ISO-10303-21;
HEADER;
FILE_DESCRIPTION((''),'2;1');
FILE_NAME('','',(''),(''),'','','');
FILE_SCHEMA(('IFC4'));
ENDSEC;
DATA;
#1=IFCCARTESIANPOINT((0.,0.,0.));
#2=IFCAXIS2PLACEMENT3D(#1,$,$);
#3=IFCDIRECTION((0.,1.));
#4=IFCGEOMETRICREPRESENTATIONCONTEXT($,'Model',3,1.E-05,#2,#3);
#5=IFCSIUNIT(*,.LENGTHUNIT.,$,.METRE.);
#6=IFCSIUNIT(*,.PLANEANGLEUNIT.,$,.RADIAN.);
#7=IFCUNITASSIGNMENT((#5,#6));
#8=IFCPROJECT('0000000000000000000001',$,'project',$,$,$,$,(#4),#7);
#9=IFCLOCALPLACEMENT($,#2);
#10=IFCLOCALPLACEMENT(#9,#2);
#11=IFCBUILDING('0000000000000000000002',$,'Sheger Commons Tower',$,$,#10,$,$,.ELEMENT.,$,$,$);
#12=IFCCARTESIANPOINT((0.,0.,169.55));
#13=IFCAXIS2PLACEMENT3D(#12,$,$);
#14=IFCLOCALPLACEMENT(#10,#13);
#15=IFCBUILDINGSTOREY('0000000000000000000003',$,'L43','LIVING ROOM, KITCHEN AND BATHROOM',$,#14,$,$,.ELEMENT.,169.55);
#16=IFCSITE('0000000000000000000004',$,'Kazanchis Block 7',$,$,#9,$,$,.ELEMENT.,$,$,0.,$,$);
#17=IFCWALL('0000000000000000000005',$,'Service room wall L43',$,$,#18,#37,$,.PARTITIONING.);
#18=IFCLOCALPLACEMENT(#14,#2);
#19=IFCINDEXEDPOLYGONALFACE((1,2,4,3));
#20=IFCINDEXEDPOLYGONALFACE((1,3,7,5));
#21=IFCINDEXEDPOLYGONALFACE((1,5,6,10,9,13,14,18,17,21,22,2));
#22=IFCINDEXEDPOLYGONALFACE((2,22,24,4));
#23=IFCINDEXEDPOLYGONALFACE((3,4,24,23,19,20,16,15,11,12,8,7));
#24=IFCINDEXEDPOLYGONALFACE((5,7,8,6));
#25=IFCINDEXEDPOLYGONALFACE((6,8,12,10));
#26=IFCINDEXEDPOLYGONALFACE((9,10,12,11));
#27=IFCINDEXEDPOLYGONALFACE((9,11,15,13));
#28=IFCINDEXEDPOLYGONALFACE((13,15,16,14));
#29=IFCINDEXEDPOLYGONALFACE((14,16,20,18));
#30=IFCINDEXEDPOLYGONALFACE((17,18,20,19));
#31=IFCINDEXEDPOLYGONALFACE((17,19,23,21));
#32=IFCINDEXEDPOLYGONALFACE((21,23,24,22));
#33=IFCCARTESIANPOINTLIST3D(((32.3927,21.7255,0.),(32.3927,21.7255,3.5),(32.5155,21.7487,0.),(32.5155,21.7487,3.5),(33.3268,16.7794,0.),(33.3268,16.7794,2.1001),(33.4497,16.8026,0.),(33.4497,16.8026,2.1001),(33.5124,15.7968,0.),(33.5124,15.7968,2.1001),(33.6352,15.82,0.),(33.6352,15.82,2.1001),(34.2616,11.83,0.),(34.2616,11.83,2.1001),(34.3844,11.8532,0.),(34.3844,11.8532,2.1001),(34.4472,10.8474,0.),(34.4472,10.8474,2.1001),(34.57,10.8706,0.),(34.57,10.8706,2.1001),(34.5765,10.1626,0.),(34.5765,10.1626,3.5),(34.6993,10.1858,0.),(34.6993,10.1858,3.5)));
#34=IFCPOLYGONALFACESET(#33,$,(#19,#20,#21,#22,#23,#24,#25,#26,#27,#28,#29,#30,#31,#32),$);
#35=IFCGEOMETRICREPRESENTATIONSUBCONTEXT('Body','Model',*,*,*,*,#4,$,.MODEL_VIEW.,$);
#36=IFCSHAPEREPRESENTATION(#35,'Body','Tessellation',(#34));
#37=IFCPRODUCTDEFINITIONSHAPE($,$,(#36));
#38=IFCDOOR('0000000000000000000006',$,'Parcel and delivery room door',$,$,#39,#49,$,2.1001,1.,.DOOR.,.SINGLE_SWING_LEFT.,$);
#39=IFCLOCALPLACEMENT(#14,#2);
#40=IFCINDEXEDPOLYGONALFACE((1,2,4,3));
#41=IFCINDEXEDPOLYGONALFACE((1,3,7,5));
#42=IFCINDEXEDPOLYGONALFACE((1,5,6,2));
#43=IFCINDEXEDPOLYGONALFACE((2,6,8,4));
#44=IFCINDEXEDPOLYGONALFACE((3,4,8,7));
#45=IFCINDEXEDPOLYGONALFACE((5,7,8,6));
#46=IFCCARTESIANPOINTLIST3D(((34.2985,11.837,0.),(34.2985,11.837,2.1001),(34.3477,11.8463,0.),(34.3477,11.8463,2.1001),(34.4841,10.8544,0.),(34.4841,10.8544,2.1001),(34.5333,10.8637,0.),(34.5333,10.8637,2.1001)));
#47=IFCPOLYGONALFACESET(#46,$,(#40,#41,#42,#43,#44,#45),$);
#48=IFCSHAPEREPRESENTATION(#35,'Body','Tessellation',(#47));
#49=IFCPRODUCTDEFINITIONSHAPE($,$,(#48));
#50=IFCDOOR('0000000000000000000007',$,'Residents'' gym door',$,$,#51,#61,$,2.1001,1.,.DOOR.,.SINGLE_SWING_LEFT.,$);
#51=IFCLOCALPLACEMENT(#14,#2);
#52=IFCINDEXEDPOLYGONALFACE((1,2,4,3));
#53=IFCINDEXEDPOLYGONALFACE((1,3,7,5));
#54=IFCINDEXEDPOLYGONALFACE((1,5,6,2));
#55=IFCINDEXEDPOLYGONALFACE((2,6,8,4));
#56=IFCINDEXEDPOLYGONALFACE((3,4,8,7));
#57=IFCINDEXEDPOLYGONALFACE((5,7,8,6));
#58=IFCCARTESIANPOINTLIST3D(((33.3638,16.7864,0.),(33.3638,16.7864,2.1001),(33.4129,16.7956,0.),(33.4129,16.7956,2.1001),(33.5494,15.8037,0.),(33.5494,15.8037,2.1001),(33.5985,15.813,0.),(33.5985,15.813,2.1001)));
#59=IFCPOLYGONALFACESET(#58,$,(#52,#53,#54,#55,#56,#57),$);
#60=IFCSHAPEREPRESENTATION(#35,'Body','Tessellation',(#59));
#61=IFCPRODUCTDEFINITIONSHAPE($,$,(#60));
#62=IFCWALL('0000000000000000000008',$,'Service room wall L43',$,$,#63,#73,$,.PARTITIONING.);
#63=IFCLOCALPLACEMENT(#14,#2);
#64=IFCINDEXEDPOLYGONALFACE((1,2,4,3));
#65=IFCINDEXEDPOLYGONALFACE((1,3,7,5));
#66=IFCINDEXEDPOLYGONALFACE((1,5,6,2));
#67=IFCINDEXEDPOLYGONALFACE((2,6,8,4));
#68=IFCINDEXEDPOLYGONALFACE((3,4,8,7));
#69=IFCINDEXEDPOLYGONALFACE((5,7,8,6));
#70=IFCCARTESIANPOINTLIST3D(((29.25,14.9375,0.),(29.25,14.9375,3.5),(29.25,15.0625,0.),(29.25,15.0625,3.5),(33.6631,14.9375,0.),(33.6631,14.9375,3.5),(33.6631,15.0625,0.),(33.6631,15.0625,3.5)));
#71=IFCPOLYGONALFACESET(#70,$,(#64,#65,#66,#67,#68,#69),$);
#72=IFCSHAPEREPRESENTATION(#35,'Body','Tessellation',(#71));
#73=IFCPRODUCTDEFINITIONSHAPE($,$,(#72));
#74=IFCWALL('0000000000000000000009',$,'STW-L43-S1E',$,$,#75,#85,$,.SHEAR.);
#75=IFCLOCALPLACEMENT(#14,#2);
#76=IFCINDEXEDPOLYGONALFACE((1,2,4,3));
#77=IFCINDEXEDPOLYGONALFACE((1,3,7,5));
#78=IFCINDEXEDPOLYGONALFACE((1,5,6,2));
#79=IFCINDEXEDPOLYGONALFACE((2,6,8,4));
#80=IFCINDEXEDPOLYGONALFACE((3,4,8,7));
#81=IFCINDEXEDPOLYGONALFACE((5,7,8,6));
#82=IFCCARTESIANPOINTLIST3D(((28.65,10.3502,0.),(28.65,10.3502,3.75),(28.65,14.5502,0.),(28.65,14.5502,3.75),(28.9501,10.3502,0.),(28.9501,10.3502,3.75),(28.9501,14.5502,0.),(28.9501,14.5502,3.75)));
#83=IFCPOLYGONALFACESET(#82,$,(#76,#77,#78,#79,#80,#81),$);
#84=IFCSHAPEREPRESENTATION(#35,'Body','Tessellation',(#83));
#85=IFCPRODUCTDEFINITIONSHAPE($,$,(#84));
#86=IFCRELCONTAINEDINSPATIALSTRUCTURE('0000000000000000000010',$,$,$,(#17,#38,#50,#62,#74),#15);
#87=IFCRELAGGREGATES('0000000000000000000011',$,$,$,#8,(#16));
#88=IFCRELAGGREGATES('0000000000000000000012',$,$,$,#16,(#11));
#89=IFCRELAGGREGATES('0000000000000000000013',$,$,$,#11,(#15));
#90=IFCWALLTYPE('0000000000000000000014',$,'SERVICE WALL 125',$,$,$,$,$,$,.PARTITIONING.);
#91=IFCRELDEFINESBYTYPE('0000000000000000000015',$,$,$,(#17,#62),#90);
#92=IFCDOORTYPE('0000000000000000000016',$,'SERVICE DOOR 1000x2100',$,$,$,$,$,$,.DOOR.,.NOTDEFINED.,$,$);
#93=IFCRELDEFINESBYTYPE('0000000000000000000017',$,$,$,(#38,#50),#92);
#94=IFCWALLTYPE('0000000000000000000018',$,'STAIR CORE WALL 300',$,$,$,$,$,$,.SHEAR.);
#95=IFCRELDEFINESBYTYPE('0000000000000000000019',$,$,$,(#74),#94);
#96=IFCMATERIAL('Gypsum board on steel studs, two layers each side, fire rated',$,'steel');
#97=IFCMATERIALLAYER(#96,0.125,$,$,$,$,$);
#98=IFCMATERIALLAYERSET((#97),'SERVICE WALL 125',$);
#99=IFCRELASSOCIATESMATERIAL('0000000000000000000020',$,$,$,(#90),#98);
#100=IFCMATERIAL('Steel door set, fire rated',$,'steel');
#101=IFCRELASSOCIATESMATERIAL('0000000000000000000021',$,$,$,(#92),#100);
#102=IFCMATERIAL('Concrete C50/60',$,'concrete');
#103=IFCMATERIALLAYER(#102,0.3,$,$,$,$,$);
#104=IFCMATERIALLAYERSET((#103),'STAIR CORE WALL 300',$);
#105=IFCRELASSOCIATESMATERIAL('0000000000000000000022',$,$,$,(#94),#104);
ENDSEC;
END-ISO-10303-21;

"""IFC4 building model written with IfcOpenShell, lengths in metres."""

from ifc_helpers import new_model, si_unit, direction, frame, frame_2d, origin, place, context, subcontext, project, spatial, rectangle, extrude, material, layer, layer_set, type_object, element, fill, save


model = new_model("IFC4")

# Units and contexts
model_context = context("Model", 3, precision=1e-05, world=origin(), true_north=direction((0.0, 1.0)))
body_context = subcontext(model_context, "Body", "Model", "MODEL_VIEW")
ifc_project = project(units=[si_unit("LENGTHUNIT", "METRE"), si_unit("PLANEANGLEUNIT", "RADIAN")], contexts=[model_context])

# Site, building, storey
site_placement = place(None, origin())
site = spatial("IfcSite", under=ifc_project, at=site_placement, Name="Kazanchis Block 7", CompositionType="ELEMENT", RefElevation=0.0)
building_placement = place(site_placement, origin())
building = spatial("IfcBuilding", under=site, at=building_placement, Name="Sheger Commons Tower", CompositionType="ELEMENT")
storey_placement = place(building_placement, frame((0.0, 0.0, 169.55)))
storey = spatial("IfcBuildingStorey", under=building, at=storey_placement, Name="L43", Description="LIVING ROOM, KITCHEN AND BATHROOM", CompositionType="ELEMENT", Elevation=169.55)

# Shared definitions
ifc_material_1 = material(Name="Gypsum board on steel studs, two layers each side, fire rated", Category="steel")
ifc_layer_1 = layer(ifc_material_1, 0.125)
ifc_layer_set_1 = layer_set([ifc_layer_1], Name="SERVICE WALL 125")
wall_type_1 = type_object("IfcWallType", Name="SERVICE WALL 125", PredefinedType="PARTITIONING", material=ifc_layer_set_1)

# Wall, openings, doors
wall_1_placement = place(storey_placement, frame((34.6379, 10.1741, 0.0), z_axis=(0.0, 0.0, 1.0), x_axis=(-0.185584, 0.982628, 0.0)))
wall_1 = element("IfcWall", 1, at=wall_1_placement, inside=storey, type_object=wall_type_1, Name="Service room wall L43", PredefinedType="PARTITIONING", context=body_context, shape_type="SweptSolid", body=[
    extrude(rectangle(XDim=11.7673, YDim=0.125, at=frame_2d((5.8838, 0.0))), origin(), (0.0, 0.0, 1.0), 3.5),
])
opening_1_placement = place(wall_1_placement, frame((0.697, 0.0, 0.0)))
opening_1 = element("IfcOpeningElement", 2, at=opening_1_placement, cuts=wall_1, PredefinedType="OPENING", context=body_context, shape_type="SweptSolid", body=[
    extrude(rectangle(XDim=1.0, YDim=2.1001, at=frame_2d((0.5, 1.05))), frame((0.0, 0.0725, 0.0), z_axis=(0.0, -1.0, 0.0), x_axis=(1.0, 0.0, 0.0)), (0.0, 0.0, 1.0), 0.145),
])
opening_2_placement = place(wall_1_placement, frame((5.7339, 0.0, 0.0)))
opening_2 = element("IfcOpeningElement", 3, at=opening_2_placement, cuts=wall_1, PredefinedType="OPENING", context=body_context, shape_type="SweptSolid", body=[
    extrude(rectangle(XDim=1.0, YDim=2.1001, at=frame_2d((0.5, 1.05))), frame((0.0, 0.0725, 0.0), z_axis=(0.0, -1.0, 0.0), x_axis=(1.0, 0.0, 0.0)), (0.0, 0.0, 1.0), 0.145),
])
ifc_material_2 = material(Name="Steel door set, fire rated", Category="steel")
door_type_1 = type_object("IfcDoorType", Name="SERVICE DOOR 1000x2100", OperationType="NOTDEFINED", PredefinedType="DOOR", material=ifc_material_2)
door_1_placement = place(opening_1_placement, origin())
door_1 = element("IfcDoor", 4, at=door_1_placement, inside=storey, type_object=door_type_1, Name="Parcel and delivery room door", OperationType="SINGLE_SWING_LEFT", OverallHeight=2.1001, OverallWidth=1.0, PredefinedType="DOOR", context=body_context, shape_type="SweptSolid", body=[
    extrude(rectangle(XDim=1.0, YDim=2.1001, at=frame_2d((0.5, 1.05))), frame((0.0, 0.0249, 0.0), z_axis=(0.0, -1.0, 0.0), x_axis=(1.0, 0.0, 0.0)), (0.0, 0.0, 1.0), 0.05),
])
fill(opening_1, door_1)
door_2_placement = place(opening_2_placement, origin())
door_2 = element("IfcDoor", 5, at=door_2_placement, inside=storey, type_object=door_type_1, Name="Residents' gym door", OperationType="SINGLE_SWING_LEFT", OverallHeight=2.1001, OverallWidth=1.0, PredefinedType="DOOR", context=body_context, shape_type="SweptSolid", body=[
    extrude(rectangle(XDim=1.0, YDim=2.1001, at=frame_2d((0.5, 1.05))), frame((0.0, 0.0249, 0.0), z_axis=(0.0, -1.0, 0.0), x_axis=(1.0, 0.0, 0.0)), (0.0, 0.0, 1.0), 0.05),
])
fill(opening_2, door_2)

# Walls
wall_2_placement = place(storey_placement, frame((29.25, 15.0, 0.0), z_axis=(0.0, 0.0, 1.0), x_axis=(1.0, 0.0, 0.0)))
element("IfcWall", 6, at=wall_2_placement, inside=storey, type_object=wall_type_1, Name="Service room wall L43", PredefinedType="PARTITIONING", context=body_context, shape_type="SweptSolid", body=[
    extrude(rectangle(XDim=4.4131, YDim=0.125, at=frame_2d((2.2065, 0.0))), origin(), (0.0, 0.0, 1.0), 3.5),
])
ifc_material_3 = material(Name="Concrete C50/60", Category="concrete")
ifc_layer_2 = layer(ifc_material_3, 0.3)
ifc_layer_set_2 = layer_set([ifc_layer_2], Name="STAIR CORE WALL 300")
wall_type_2 = type_object("IfcWallType", Name="STAIR CORE WALL 300", PredefinedType="SHEAR", material=ifc_layer_set_2)
wall_3_placement = place(storey_placement, frame((28.8, 10.3501, 0.0), z_axis=(0.0, 0.0, 1.0), x_axis=(0.0, 1.0, 0.0)))
element("IfcWall", 7, at=wall_3_placement, inside=storey, type_object=wall_type_2, Name="STW-L43-S1E", PredefinedType="SHEAR", context=body_context, shape_type="SweptSolid", body=[
    extrude(rectangle(XDim=4.2, YDim=0.3, at=frame_2d((2.1001, 0.0))), origin(), (0.0, 0.0, 1.0), 3.75),
])

save(model, "model.ifc")
